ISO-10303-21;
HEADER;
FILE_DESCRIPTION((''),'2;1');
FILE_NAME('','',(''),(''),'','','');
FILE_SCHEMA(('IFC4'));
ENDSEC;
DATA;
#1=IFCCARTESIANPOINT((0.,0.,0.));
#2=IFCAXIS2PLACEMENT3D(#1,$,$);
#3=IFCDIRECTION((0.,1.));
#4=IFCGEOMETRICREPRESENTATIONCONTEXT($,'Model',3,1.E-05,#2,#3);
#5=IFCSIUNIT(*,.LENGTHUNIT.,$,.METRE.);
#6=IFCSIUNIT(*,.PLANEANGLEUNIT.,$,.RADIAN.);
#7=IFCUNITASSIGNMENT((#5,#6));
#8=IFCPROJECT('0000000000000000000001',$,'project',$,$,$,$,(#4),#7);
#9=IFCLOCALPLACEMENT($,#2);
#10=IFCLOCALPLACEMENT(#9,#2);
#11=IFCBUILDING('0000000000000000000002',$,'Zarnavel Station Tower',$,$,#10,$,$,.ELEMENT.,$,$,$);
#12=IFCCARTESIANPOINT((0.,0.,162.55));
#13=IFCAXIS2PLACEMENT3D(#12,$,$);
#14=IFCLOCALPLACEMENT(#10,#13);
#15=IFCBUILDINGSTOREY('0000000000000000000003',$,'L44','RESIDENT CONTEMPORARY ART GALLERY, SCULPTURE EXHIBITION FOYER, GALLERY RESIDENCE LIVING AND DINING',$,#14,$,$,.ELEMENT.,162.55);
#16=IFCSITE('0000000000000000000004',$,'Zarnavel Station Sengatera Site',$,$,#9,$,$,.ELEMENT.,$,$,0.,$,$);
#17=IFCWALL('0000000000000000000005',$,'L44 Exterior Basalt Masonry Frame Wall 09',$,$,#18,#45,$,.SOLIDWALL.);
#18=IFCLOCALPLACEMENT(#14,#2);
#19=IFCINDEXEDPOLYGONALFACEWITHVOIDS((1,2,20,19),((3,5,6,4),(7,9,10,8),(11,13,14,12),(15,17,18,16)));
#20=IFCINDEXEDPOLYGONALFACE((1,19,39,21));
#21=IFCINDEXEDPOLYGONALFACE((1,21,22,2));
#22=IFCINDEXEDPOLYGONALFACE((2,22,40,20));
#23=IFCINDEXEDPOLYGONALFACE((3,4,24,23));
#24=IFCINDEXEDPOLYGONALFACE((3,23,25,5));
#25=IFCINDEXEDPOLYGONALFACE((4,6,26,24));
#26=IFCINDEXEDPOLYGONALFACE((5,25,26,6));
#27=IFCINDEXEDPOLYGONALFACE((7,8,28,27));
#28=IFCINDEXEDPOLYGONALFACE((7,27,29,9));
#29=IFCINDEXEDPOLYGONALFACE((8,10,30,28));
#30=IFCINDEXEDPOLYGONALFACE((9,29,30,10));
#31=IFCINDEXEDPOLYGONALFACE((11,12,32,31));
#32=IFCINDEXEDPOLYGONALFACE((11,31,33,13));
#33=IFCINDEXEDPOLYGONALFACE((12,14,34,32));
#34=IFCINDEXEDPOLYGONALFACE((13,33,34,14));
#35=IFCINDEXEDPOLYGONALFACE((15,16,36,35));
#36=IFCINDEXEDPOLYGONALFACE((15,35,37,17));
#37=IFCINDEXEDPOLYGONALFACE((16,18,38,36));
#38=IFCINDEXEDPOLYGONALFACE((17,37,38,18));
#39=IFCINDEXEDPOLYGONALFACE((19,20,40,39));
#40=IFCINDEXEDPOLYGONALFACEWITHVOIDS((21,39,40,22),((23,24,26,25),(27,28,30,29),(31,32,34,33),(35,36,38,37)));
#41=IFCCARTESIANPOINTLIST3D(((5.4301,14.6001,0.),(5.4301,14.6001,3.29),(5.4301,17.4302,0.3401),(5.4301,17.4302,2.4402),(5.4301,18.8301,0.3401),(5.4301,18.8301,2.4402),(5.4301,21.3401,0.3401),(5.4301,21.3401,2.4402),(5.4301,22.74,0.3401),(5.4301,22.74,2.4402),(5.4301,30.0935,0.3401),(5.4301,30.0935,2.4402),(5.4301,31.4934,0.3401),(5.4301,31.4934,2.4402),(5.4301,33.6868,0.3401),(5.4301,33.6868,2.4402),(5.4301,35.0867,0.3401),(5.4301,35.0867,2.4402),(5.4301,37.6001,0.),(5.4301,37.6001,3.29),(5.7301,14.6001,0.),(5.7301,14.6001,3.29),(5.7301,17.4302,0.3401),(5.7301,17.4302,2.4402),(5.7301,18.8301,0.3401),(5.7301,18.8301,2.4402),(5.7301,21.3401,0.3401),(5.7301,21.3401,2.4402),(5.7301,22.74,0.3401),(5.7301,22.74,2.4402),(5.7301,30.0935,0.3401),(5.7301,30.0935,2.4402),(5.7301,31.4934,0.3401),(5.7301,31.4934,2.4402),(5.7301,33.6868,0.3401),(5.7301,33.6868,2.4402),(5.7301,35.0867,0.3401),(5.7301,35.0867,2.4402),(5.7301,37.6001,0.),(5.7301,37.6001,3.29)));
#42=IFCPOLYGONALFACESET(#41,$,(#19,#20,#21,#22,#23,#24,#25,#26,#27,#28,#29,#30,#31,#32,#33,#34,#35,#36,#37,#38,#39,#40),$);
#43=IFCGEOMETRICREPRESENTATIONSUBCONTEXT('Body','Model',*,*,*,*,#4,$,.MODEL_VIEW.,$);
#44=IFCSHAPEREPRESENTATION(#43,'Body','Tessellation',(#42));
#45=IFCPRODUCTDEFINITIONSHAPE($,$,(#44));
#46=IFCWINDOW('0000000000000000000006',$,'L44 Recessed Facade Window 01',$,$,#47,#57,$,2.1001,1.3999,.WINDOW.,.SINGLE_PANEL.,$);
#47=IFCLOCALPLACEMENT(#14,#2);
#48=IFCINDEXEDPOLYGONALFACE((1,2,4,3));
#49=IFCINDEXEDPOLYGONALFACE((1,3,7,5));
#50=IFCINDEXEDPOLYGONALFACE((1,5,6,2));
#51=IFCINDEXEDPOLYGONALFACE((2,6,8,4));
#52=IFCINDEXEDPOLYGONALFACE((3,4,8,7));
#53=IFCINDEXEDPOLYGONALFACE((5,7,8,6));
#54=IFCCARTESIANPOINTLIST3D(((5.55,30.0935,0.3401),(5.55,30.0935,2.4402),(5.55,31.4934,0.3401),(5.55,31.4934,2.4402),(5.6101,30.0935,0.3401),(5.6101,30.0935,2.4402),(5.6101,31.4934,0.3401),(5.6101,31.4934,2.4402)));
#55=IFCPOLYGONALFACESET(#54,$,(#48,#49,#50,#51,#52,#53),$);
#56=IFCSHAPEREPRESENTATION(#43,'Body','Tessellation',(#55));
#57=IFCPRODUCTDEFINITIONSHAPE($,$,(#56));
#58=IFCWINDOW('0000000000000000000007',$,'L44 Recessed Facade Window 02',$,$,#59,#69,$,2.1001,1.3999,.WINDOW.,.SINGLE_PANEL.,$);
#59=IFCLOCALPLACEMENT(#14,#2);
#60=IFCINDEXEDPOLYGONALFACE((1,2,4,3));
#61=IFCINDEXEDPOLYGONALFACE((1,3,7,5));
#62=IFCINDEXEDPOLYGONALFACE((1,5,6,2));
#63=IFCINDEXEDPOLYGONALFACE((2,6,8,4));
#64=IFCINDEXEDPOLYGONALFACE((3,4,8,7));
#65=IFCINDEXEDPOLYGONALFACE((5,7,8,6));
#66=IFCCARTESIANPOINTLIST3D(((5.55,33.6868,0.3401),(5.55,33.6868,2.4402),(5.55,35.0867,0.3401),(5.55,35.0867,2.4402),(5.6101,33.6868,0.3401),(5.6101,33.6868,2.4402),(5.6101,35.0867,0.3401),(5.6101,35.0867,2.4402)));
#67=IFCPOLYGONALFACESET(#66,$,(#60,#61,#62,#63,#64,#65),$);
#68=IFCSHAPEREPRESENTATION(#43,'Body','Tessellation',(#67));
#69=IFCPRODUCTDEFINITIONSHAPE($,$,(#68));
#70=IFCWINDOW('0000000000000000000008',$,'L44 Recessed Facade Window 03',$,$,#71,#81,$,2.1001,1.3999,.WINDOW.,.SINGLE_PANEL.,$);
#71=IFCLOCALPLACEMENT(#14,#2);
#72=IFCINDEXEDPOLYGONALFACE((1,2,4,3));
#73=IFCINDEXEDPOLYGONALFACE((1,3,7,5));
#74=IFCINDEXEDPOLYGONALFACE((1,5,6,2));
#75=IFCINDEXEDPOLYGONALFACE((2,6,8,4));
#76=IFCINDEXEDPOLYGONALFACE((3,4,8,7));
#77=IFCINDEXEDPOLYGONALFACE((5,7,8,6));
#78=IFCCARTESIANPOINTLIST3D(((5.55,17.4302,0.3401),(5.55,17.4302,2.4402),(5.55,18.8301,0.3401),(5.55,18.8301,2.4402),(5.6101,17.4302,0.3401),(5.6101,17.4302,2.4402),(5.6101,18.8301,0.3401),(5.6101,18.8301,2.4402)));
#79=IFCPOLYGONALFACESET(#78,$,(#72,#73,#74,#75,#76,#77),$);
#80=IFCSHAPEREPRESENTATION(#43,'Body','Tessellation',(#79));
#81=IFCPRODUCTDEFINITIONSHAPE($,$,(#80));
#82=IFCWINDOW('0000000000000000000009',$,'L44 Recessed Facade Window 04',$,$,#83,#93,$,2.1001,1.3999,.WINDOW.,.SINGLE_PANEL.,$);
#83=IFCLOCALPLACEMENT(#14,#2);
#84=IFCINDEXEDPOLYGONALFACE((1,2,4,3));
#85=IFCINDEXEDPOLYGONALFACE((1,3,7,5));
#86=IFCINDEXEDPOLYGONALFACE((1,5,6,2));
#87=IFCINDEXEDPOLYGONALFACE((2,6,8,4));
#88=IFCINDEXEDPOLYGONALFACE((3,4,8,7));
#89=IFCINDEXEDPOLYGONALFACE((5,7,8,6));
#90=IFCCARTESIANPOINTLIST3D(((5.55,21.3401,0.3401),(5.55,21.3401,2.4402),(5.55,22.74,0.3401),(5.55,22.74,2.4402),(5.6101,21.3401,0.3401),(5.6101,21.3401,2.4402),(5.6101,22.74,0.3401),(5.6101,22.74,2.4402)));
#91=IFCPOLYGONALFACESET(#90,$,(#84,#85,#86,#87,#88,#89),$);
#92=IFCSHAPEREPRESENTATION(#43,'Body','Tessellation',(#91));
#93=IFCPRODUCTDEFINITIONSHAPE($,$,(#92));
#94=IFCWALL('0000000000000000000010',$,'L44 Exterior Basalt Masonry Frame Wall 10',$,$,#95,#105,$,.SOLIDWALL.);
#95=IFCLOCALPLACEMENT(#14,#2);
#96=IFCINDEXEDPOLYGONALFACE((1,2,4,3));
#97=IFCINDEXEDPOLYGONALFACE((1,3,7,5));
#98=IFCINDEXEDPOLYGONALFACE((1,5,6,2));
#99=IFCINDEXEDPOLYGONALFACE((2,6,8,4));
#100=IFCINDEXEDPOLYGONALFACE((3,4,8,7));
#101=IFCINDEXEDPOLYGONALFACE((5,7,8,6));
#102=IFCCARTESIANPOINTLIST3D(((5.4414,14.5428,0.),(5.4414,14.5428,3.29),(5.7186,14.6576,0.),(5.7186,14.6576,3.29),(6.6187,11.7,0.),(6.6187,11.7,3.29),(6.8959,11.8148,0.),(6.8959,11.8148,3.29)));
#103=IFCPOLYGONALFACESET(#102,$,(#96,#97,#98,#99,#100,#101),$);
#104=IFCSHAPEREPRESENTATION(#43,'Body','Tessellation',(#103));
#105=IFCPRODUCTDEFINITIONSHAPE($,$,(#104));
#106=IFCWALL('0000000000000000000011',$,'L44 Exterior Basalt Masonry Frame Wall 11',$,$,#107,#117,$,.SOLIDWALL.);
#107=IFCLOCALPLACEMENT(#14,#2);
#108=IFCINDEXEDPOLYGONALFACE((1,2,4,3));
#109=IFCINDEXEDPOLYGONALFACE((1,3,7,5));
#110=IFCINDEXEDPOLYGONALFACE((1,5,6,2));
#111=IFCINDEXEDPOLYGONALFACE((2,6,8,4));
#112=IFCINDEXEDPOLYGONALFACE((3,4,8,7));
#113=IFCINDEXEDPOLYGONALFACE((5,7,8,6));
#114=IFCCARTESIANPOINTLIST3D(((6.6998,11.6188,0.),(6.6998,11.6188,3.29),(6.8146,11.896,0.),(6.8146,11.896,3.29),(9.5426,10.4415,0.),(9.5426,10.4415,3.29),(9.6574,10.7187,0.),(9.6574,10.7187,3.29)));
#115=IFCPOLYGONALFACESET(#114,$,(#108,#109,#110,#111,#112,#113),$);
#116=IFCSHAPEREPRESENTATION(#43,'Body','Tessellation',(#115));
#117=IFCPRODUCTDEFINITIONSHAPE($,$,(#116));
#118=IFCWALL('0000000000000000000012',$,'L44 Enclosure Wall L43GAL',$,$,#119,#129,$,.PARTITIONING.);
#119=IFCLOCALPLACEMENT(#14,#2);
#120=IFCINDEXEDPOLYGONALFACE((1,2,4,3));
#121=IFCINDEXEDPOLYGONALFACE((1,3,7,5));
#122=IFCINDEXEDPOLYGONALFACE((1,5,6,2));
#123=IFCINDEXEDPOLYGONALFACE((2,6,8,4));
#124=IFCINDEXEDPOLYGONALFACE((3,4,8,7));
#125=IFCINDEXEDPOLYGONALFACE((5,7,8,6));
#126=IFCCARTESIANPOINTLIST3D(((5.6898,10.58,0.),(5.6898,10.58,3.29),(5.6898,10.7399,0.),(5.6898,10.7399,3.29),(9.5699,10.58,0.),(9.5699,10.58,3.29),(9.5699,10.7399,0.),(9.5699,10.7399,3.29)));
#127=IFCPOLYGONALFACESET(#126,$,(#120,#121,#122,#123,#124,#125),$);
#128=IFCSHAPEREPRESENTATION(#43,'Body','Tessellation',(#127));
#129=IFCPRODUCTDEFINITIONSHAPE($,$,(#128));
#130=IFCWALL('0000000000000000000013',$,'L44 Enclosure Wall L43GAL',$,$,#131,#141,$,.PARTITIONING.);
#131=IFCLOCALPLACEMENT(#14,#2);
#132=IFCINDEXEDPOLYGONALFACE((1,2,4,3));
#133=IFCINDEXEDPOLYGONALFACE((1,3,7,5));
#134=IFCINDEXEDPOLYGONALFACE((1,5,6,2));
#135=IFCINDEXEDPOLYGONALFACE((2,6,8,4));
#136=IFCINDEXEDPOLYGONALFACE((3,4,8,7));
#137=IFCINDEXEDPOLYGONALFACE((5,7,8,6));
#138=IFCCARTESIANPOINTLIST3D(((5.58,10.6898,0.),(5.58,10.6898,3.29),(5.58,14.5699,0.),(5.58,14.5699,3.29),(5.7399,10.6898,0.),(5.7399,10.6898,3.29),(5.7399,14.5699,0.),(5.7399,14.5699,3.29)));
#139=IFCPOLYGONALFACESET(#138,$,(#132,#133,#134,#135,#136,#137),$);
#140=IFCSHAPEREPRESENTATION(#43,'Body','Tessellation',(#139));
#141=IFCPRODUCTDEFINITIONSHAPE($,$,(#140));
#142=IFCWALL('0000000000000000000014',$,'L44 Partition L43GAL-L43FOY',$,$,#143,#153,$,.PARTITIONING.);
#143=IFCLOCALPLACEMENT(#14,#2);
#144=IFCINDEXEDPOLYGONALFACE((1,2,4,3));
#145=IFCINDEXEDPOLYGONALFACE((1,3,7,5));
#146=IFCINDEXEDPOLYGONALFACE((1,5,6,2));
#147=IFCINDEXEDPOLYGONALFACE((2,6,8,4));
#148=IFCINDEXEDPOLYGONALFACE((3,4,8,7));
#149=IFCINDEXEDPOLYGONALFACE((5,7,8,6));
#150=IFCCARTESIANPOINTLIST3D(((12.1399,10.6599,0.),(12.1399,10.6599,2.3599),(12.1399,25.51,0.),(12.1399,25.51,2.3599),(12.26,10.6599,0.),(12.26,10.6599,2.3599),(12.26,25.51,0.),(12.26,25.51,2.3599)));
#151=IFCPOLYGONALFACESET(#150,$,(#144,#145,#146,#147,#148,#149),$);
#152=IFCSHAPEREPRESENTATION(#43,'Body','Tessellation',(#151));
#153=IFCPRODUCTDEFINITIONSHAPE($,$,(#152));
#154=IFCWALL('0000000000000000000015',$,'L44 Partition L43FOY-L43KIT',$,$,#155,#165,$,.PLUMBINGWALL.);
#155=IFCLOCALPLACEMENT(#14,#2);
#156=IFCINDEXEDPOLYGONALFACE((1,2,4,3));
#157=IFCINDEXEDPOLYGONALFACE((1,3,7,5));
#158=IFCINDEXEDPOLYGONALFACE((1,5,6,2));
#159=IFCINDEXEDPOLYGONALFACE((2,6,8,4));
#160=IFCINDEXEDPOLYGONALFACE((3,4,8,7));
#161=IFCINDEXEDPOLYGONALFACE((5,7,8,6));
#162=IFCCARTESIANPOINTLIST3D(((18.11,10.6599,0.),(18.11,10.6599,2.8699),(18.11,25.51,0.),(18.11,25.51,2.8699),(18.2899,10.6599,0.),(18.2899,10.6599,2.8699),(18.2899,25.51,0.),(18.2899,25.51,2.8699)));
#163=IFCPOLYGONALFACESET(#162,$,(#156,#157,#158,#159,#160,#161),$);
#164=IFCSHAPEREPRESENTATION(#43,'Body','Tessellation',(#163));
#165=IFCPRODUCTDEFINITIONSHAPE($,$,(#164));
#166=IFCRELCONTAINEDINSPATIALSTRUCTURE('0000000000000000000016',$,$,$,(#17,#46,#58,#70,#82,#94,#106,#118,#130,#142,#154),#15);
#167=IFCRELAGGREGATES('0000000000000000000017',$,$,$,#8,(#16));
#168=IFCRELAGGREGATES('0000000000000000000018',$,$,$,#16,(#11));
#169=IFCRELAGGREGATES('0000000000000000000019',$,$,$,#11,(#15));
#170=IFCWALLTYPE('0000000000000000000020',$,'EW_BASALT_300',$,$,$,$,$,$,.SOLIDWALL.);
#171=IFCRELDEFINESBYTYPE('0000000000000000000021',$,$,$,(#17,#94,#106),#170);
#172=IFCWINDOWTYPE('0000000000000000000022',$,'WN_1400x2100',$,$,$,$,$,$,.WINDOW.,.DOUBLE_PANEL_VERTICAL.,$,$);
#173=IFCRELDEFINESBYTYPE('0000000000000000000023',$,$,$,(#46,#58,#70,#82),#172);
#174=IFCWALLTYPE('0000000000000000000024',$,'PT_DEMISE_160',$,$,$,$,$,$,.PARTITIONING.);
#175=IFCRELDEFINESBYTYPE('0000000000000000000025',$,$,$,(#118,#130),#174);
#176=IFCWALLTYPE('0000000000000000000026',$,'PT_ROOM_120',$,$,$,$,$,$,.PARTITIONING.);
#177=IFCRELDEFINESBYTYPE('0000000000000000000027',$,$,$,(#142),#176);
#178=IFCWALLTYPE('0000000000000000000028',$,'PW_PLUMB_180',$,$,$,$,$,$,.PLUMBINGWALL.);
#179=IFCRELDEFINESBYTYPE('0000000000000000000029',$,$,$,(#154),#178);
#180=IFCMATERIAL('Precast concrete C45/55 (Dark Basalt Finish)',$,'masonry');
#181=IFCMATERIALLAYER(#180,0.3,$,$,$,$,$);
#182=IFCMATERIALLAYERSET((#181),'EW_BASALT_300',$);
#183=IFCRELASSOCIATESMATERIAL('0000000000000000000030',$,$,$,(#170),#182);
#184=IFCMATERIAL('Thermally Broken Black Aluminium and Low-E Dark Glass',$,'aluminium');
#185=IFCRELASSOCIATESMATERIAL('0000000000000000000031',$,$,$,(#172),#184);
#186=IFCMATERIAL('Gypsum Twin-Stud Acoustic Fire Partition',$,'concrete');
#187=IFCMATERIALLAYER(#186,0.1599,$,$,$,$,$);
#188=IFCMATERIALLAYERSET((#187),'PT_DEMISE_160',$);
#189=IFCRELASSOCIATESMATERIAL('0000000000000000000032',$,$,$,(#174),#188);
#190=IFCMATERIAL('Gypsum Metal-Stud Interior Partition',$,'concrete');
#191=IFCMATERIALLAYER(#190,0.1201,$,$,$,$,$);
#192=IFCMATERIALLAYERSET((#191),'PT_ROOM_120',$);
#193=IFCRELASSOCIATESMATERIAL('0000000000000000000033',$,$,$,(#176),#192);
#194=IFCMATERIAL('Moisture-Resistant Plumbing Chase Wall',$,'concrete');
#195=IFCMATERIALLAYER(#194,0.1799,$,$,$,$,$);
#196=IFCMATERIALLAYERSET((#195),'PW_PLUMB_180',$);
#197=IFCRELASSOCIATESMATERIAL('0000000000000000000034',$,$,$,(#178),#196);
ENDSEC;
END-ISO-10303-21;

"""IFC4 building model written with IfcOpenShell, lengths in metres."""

from ifc_helpers import new_model, si_unit, direction, frame, frame_2d, origin, place, context, subcontext, project, spatial, rectangle, extrude, material, layer, layer_set, type_object, element, fill, save


model = new_model("IFC4")

# Units and contexts
model_context = context("Model", 3, precision=1e-05, world=origin(), true_north=direction((0.0, 1.0)))
body_context = subcontext(model_context, "Body", "Model", "MODEL_VIEW")
ifc_project = project(units=[si_unit("LENGTHUNIT", "METRE"), si_unit("PLANEANGLEUNIT", "RADIAN")], contexts=[model_context])

# Site, building, storey
site_placement = place(None, origin())
site = spatial("IfcSite", under=ifc_project, at=site_placement, Name="Zarnavel Station Sengatera Site", CompositionType="ELEMENT", RefElevation=0.0)
building_placement = place(site_placement, origin())
building = spatial("IfcBuilding", under=site, at=building_placement, Name="Zarnavel Station Tower", CompositionType="ELEMENT")
storey_placement = place(building_placement, frame((0.0, 0.0, 162.55)))
storey = spatial("IfcBuildingStorey", under=building, at=storey_placement, Name="L44", Description="RESIDENT CONTEMPORARY ART GALLERY, SCULPTURE EXHIBITION FOYER, GALLERY RESIDENCE LIVING AND DINING", CompositionType="ELEMENT", Elevation=162.55)

# Wall, openings, windows
ifc_material_1 = material(Name="Precast concrete C45/55 (Dark Basalt Finish)", Category="masonry")
ifc_layer_1 = layer(ifc_material_1, 0.3)
ifc_layer_set_1 = layer_set([ifc_layer_1], Name="EW_BASALT_300")
wall_type_1 = type_object("IfcWallType", Name="EW_BASALT_300", PredefinedType="SOLIDWALL", material=ifc_layer_set_1)
wall_1_placement = place(storey_placement, frame((5.5801, 14.6001, 0.0), z_axis=(0.0, 0.0, 1.0), x_axis=(0.0, 1.0, 0.0)))
wall_1 = element("IfcWall", 1, at=wall_1_placement, inside=storey, type_object=wall_type_1, Name="L44 Exterior Basalt Masonry Frame Wall 09", PredefinedType="SOLIDWALL", context=body_context, shape_type="SweptSolid", body=[
    extrude(rectangle(XDim=23.0, YDim=0.3, at=frame_2d((11.5, 0.0))), origin(), (0.0, 0.0, 1.0), 3.29),
])
opening_1_placement = place(wall_1_placement, frame((15.4934, 0.0, 0.3401)))
opening_1 = element("IfcOpeningElement", 2, at=opening_1_placement, cuts=wall_1, PredefinedType="OPENING", context=body_context, shape_type="SweptSolid", body=[
    extrude(rectangle(XDim=1.3999, YDim=2.1001, at=frame_2d((0.7, 1.05))), frame((0.0, 0.1599, 0.0), z_axis=(0.0, -1.0, 0.0), x_axis=(1.0, 0.0, 0.0)), (0.0, 0.0, 1.0), 0.3201),
])
opening_2_placement = place(wall_1_placement, frame((19.0867, 0.0, 0.3401)))
opening_2 = element("IfcOpeningElement", 3, at=opening_2_placement, cuts=wall_1, PredefinedType="OPENING", context=body_context, shape_type="SweptSolid", body=[
    extrude(rectangle(XDim=1.3999, YDim=2.1001, at=frame_2d((0.7, 1.05))), frame((0.0, 0.1599, 0.0), z_axis=(0.0, -1.0, 0.0), x_axis=(1.0, 0.0, 0.0)), (0.0, 0.0, 1.0), 0.3201),
])
opening_3_placement = place(wall_1_placement, frame((2.8301, 0.0, 0.3401)))
opening_3 = element("IfcOpeningElement", 4, at=opening_3_placement, cuts=wall_1, PredefinedType="OPENING", context=body_context, shape_type="SweptSolid", body=[
    extrude(rectangle(XDim=1.3999, YDim=2.1001, at=frame_2d((0.7, 1.05))), frame((0.0, 0.1599, 0.0), z_axis=(0.0, -1.0, 0.0), x_axis=(1.0, 0.0, 0.0)), (0.0, 0.0, 1.0), 0.3201),
])
opening_4_placement = place(wall_1_placement, frame((6.74, 0.0, 0.3401)))
opening_4 = element("IfcOpeningElement", 5, at=opening_4_placement, cuts=wall_1, PredefinedType="OPENING", context=body_context, shape_type="SweptSolid", body=[
    extrude(rectangle(XDim=1.3999, YDim=2.1001, at=frame_2d((0.7, 1.05))), frame((0.0, 0.1599, 0.0), z_axis=(0.0, -1.0, 0.0), x_axis=(1.0, 0.0, 0.0)), (0.0, 0.0, 1.0), 0.3201),
])
ifc_material_2 = material(Name="Thermally Broken Black Aluminium and Low-E Dark Glass", Category="aluminium")
window_type = type_object("IfcWindowType", Name="WN_1400x2100", PartitioningType="DOUBLE_PANEL_VERTICAL", PredefinedType="WINDOW", material=ifc_material_2)
window_1_placement = place(opening_1_placement, origin())
window_1 = element("IfcWindow", 6, at=window_1_placement, inside=storey, type_object=window_type, Name="L44 Recessed Facade Window 01", OverallHeight=2.1001, OverallWidth=1.3999, PartitioningType="SINGLE_PANEL", PredefinedType="WINDOW", context=body_context, shape_type="SweptSolid", body=[
    extrude(rectangle(XDim=1.3999, YDim=2.1001, at=frame_2d((0.7, 1.05))), frame((0.0, 0.03, 0.0), z_axis=(0.0, -1.0, 0.0), x_axis=(1.0, 0.0, 0.0)), (0.0, 0.0, 1.0), 0.0601),
])
fill(opening_1, window_1)
window_2_placement = place(opening_2_placement, origin())
window_2 = element("IfcWindow", 7, at=window_2_placement, inside=storey, type_object=window_type, Name="L44 Recessed Facade Window 02", OverallHeight=2.1001, OverallWidth=1.3999, PartitioningType="SINGLE_PANEL", PredefinedType="WINDOW", context=body_context, shape_type="SweptSolid", body=[
    extrude(rectangle(XDim=1.3999, YDim=2.1001, at=frame_2d((0.7, 1.05))), frame((0.0, 0.03, 0.0), z_axis=(0.0, -1.0, 0.0), x_axis=(1.0, 0.0, 0.0)), (0.0, 0.0, 1.0), 0.0601),
])
fill(opening_2, window_2)
window_3_placement = place(opening_3_placement, origin())
window_3 = element("IfcWindow", 8, at=window_3_placement, inside=storey, type_object=window_type, Name="L44 Recessed Facade Window 03", OverallHeight=2.1001, OverallWidth=1.3999, PartitioningType="SINGLE_PANEL", PredefinedType="WINDOW", context=body_context, shape_type="SweptSolid", body=[
    extrude(rectangle(XDim=1.3999, YDim=2.1001, at=frame_2d((0.7, 1.05))), frame((0.0, 0.03, 0.0), z_axis=(0.0, -1.0, 0.0), x_axis=(1.0, 0.0, 0.0)), (0.0, 0.0, 1.0), 0.0601),
])
fill(opening_3, window_3)
window_4_placement = place(opening_4_placement, origin())
window_4 = element("IfcWindow", 9, at=window_4_placement, inside=storey, type_object=window_type, Name="L44 Recessed Facade Window 04", OverallHeight=2.1001, OverallWidth=1.3999, PartitioningType="SINGLE_PANEL", PredefinedType="WINDOW", context=body_context, shape_type="SweptSolid", body=[
    extrude(rectangle(XDim=1.3999, YDim=2.1001, at=frame_2d((0.7, 1.05))), frame((0.0, 0.03, 0.0), z_axis=(0.0, -1.0, 0.0), x_axis=(1.0, 0.0, 0.0)), (0.0, 0.0, 1.0), 0.0601),
])
fill(opening_4, window_4)

# Walls
for number, where, z_axis, x_axis, name in (
    (10, (6.7573, 11.7573, 0.0), (0.0, 0.0, 1.0), (-0.382609, 0.92391, 0.0), "L44 Exterior Basalt Masonry Frame Wall 10"),
    (11, (9.6001, 10.5801, 0.0), (0.0, 0.0, 1.0), (-0.92391, 0.382609, 0.0), "L44 Exterior Basalt Masonry Frame Wall 11"),
):
    element("IfcWall", number, at=place(storey_placement, frame(where, z_axis=z_axis, x_axis=x_axis)), inside=storey, type_object=wall_type_1, Name=name, PredefinedType="SOLIDWALL", context=body_context, shape_type="SweptSolid", body=[
        extrude(rectangle(XDim=3.0769, YDim=0.3, at=frame_2d((1.5386, 0.0))), origin(), (0.0, 0.0, 1.0), 3.29),
    ])
ifc_material_3 = material(Name="Gypsum Twin-Stud Acoustic Fire Partition", Category="concrete")
ifc_layer_2 = layer(ifc_material_3, 0.1599)
ifc_layer_set_2 = layer_set([ifc_layer_2], Name="PT_DEMISE_160")
wall_type_2 = type_object("IfcWallType", Name="PT_DEMISE_160", PredefinedType="PARTITIONING", material=ifc_layer_set_2)
for number, where, z_axis, x_axis, name in (
    (12, (5.6899, 10.6599, 0.0), (0.0, 0.0, 1.0), (1.0, 0.0, 0.0), "L44 Enclosure Wall L43GAL"),
    (13, (5.6599, 10.6899, 0.0), (0.0, 0.0, 1.0), (0.0, 1.0, 0.0), "L44 Enclosure Wall L43GAL"),
):
    element("IfcWall", number, at=place(storey_placement, frame(where, z_axis=z_axis, x_axis=x_axis)), inside=storey, type_object=wall_type_2, Name=name, PredefinedType="PARTITIONING", context=body_context, shape_type="SweptSolid", body=[
        extrude(rectangle(XDim=3.8801, YDim=0.1599, at=frame_2d((1.9399, 0.0))), origin(), (0.0, 0.0, 1.0), 3.29),
    ])
ifc_material_4 = material(Name="Gypsum Metal-Stud Interior Partition", Category="concrete")
ifc_layer_3 = layer(ifc_material_4, 0.1201)
ifc_layer_set_3 = layer_set([ifc_layer_3], Name="PT_ROOM_120")
wall_type_3 = type_object("IfcWallType", Name="PT_ROOM_120", PredefinedType="PARTITIONING", material=ifc_layer_set_3)
wall_2_placement = place(storey_placement, frame((12.2, 10.6599, 0.0), z_axis=(0.0, 0.0, 1.0), x_axis=(0.0, 1.0, 0.0)))
element("IfcWall", 14, at=wall_2_placement, inside=storey, type_object=wall_type_3, Name="L44 Partition L43GAL-L43FOY", PredefinedType="PARTITIONING", context=body_context, shape_type="SweptSolid", body=[
    extrude(rectangle(XDim=14.8501, YDim=0.1201, at=frame_2d((7.425, 0.0))), origin(), (0.0, 0.0, 1.0), 2.3599),
])
ifc_material_5 = material(Name="Moisture-Resistant Plumbing Chase Wall", Category="concrete")
ifc_layer_4 = layer(ifc_material_5, 0.1799)
ifc_layer_set_4 = layer_set([ifc_layer_4], Name="PW_PLUMB_180")
wall_type_4 = type_object("IfcWallType", Name="PW_PLUMB_180", PredefinedType="PLUMBINGWALL", material=ifc_layer_set_4)
wall_3_placement = place(storey_placement, frame((18.2, 10.6599, 0.0), z_axis=(0.0, 0.0, 1.0), x_axis=(0.0, 1.0, 0.0)))
element("IfcWall", 15, at=wall_3_placement, inside=storey, type_object=wall_type_4, Name="L44 Partition L43FOY-L43KIT", PredefinedType="PLUMBINGWALL", context=body_context, shape_type="SweptSolid", body=[
    extrude(rectangle(XDim=14.8501, YDim=0.1799, at=frame_2d((7.425, 0.0))), origin(), (0.0, 0.0, 1.0), 2.8699),
])

save(model, "model.ifc")
